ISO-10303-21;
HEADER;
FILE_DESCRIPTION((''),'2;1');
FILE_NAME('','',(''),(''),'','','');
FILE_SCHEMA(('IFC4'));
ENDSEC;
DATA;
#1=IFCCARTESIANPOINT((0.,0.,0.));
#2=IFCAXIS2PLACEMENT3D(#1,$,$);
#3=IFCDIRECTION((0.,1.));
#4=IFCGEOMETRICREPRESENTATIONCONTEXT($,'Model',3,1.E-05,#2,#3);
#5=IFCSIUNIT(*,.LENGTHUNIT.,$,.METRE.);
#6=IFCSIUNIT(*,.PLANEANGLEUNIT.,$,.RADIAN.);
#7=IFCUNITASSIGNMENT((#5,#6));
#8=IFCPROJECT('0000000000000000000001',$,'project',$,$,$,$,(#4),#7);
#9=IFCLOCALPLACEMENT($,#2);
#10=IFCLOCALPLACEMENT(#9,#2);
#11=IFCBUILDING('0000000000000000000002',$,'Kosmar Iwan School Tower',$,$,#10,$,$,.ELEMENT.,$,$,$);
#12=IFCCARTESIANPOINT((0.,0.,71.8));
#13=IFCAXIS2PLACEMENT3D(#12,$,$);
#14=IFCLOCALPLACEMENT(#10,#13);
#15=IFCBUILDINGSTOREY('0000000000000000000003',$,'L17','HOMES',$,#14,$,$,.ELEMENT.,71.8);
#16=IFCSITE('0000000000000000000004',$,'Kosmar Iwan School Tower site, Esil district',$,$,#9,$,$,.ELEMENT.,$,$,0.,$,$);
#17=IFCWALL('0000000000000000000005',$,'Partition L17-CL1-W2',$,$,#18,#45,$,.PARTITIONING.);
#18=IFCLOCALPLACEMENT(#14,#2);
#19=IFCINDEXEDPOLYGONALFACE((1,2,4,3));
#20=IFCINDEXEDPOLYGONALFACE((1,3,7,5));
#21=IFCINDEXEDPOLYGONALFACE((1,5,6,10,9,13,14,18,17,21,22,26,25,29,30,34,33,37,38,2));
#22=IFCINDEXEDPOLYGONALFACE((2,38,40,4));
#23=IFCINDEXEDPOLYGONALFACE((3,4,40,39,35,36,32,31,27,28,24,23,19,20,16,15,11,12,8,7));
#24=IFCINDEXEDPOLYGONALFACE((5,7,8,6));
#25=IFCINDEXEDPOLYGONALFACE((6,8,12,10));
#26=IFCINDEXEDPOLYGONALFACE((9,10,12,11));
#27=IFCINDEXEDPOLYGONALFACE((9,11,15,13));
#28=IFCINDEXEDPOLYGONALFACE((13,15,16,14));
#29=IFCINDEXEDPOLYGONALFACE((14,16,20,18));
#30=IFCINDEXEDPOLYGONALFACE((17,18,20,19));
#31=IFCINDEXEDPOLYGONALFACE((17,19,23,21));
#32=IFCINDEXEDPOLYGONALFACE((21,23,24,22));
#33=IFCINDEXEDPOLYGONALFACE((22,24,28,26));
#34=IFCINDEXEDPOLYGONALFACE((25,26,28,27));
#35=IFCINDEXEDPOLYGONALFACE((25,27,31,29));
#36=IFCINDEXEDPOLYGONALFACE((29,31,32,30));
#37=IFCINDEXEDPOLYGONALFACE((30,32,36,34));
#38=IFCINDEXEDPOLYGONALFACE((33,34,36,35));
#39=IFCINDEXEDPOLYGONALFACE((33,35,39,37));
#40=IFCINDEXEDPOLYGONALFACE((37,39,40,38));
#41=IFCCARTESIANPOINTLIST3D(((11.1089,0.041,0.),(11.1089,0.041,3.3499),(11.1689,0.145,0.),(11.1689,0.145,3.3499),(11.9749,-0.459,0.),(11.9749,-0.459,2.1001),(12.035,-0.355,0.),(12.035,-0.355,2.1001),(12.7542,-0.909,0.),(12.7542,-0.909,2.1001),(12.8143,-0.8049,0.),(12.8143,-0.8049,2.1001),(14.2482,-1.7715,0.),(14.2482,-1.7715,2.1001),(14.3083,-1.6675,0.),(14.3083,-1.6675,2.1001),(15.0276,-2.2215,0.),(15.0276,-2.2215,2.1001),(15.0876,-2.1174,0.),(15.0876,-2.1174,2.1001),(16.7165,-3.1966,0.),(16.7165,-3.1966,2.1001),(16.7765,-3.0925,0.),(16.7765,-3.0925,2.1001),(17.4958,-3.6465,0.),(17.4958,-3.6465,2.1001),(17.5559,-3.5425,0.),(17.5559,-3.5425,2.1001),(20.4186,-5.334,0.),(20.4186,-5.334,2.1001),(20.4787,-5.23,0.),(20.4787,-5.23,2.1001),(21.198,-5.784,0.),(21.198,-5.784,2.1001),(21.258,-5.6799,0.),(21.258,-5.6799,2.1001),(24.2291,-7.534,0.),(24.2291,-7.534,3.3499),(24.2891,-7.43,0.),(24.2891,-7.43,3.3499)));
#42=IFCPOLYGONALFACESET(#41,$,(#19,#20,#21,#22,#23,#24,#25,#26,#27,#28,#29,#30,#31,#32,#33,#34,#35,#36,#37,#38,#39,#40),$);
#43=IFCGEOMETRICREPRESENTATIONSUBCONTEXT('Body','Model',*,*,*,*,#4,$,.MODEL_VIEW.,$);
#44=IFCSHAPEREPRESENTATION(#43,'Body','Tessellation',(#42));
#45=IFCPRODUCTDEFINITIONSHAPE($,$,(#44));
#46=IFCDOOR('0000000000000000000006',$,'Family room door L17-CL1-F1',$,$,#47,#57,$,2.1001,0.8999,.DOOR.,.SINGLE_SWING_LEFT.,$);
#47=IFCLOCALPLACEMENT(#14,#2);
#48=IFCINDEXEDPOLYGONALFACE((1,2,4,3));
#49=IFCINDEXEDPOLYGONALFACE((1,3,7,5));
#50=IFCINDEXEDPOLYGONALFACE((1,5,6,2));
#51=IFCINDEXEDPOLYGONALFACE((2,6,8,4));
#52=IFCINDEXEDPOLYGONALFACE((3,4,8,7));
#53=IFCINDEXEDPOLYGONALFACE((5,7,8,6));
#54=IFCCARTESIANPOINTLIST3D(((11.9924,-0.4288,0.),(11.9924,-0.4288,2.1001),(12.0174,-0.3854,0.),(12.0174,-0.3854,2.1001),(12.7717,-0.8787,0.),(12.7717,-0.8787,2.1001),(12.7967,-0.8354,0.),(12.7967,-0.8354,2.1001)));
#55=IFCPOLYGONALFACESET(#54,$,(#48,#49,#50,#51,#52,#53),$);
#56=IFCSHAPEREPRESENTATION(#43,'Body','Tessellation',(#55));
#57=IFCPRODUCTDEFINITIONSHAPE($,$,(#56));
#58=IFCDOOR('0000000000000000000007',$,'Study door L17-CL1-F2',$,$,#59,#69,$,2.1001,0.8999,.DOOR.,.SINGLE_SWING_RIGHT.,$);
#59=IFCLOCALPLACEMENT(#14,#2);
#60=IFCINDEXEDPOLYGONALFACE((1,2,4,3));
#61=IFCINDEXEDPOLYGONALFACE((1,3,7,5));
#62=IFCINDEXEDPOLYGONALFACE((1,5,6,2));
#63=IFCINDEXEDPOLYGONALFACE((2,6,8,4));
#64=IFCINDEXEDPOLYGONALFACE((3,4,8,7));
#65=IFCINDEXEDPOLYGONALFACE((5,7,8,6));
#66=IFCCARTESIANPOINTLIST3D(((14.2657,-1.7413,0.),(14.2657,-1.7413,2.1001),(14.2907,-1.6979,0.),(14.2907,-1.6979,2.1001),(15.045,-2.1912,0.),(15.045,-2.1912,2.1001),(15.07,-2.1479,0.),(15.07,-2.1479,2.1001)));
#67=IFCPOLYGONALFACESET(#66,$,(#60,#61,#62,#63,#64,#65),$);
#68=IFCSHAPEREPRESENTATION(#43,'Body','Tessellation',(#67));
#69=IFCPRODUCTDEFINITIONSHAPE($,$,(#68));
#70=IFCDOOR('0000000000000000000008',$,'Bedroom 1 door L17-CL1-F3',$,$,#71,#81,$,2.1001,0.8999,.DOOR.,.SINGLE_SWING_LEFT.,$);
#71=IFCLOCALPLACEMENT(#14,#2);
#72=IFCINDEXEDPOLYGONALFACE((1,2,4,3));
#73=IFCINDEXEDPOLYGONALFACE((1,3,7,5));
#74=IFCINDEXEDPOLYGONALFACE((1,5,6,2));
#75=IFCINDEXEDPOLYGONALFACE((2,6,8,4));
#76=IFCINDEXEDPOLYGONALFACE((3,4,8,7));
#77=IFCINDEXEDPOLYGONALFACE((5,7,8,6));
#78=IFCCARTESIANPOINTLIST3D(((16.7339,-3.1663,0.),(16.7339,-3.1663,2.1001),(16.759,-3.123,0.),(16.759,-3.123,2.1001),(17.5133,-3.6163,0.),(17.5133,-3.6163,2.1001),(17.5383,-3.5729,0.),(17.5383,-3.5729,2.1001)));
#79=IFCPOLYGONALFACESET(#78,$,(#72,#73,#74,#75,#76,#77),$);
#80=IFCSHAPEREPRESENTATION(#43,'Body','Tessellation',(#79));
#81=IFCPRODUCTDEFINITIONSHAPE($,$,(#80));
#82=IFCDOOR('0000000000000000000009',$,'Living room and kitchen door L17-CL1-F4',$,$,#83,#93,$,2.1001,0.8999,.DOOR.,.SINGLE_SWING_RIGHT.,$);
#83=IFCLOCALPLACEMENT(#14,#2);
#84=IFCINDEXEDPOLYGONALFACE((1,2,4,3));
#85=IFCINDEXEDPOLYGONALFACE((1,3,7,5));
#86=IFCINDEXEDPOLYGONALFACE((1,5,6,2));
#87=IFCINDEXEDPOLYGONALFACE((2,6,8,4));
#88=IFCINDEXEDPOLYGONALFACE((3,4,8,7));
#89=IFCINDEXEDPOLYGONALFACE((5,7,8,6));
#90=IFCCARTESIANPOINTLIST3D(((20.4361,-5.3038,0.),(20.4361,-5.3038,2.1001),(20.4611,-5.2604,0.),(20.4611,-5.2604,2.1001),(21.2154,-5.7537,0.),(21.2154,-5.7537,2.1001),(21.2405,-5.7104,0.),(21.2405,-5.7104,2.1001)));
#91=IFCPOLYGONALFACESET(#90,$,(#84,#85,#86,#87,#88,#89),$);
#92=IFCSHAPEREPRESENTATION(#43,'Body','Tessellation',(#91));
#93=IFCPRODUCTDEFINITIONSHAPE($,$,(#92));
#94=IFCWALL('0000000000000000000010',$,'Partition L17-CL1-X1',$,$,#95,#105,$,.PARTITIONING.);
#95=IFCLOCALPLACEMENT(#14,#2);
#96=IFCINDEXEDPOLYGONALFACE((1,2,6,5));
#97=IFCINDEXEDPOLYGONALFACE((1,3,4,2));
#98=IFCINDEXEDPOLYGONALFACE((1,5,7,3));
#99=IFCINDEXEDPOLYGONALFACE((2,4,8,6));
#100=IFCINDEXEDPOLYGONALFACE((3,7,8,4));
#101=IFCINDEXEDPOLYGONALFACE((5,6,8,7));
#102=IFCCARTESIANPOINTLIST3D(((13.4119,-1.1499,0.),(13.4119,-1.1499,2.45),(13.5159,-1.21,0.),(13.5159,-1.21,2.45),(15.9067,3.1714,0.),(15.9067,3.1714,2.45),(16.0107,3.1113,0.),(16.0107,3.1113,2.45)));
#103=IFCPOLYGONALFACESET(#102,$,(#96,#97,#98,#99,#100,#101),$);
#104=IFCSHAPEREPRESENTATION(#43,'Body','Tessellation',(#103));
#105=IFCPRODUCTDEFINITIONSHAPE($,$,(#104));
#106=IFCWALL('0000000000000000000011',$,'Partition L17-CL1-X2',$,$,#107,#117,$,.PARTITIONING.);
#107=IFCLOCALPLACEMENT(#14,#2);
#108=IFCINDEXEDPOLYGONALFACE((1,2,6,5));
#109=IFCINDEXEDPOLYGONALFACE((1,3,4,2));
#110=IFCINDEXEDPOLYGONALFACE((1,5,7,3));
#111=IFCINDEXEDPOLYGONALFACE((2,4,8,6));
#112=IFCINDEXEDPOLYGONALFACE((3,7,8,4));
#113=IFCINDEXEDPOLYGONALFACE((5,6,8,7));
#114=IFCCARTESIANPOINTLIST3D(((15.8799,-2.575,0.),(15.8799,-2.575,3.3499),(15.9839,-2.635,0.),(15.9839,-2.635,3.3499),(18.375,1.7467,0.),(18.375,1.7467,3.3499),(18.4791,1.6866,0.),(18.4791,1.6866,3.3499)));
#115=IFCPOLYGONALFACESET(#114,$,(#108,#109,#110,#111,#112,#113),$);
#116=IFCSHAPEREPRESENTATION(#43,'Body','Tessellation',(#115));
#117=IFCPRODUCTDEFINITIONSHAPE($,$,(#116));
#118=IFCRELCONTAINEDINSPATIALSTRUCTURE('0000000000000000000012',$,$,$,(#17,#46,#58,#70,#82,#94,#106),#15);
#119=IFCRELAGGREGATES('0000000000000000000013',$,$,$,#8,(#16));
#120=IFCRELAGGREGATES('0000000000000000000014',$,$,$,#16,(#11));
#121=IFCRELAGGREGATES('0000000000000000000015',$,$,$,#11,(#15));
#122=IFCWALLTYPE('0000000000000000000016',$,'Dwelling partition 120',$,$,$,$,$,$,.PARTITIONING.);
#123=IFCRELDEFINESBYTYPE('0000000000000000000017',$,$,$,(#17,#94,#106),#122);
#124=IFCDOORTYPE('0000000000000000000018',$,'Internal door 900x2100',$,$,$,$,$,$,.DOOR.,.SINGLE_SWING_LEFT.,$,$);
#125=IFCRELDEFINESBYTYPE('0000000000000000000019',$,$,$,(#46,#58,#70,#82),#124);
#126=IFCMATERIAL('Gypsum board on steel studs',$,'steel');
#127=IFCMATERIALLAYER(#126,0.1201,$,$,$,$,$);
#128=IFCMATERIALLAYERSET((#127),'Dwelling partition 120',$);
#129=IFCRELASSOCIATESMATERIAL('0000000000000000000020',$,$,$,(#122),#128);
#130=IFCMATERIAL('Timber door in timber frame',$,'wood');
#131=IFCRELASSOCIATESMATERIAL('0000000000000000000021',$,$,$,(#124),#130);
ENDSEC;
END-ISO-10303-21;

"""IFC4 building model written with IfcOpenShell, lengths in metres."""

from ifc_helpers import new_model, si_unit, direction, frame, frame_2d, origin, place, context, subcontext, project, spatial, rectangle, extrude, material, layer, layer_set, type_object, element, fill, save


model = new_model("IFC4")

# Units and contexts
model_context = context("Model", 3, precision=1e-05, world=origin(), true_north=direction((0.0, 1.0)))
body_context = subcontext(model_context, "Body", "Model", "MODEL_VIEW")
ifc_project = project(units=[si_unit("LENGTHUNIT", "METRE"), si_unit("PLANEANGLEUNIT", "RADIAN")], contexts=[model_context])

# Site, building, storey
site_placement = place(None, origin())
site = spatial("IfcSite", under=ifc_project, at=site_placement, Name="Kosmar Iwan School Tower site, Esil district", CompositionType="ELEMENT", RefElevation=0.0)
building_placement = place(site_placement, origin())
building = spatial("IfcBuilding", under=site, at=building_placement, Name="Kosmar Iwan School Tower", CompositionType="ELEMENT")
storey_placement = place(building_placement, frame((0.0, 0.0, 71.8)))
storey = spatial("IfcBuildingStorey", under=building, at=storey_placement, Name="L17", Description="HOMES", CompositionType="ELEMENT", Elevation=71.8)

# Wall, openings, doors
ifc_material_1 = material(Name="Gypsum board on steel studs", Category="steel")
ifc_layer = layer(ifc_material_1, 0.1201)
ifc_layer_set = layer_set([ifc_layer], Name="Dwelling partition 120")
wall_type = type_object("IfcWallType", Name="Dwelling partition 120", PredefinedType="PARTITIONING", material=ifc_layer_set)
wall_1_placement = place(storey_placement, frame((11.1389, 0.093, 0.0), z_axis=(0.0, 0.0, 1.0), x_axis=(0.866024, -0.500002, 0.0)))
wall_1 = element("IfcWall", 1, at=wall_1_placement, inside=storey, type_object=wall_type, Name="Partition L17-CL1-W2", PredefinedType="PARTITIONING", context=body_context, shape_type="SweptSolid", body=[
    extrude(rectangle(XDim=15.1499, YDim=0.1201, at=frame_2d((7.575, 0.0))), origin(), (0.0, 0.0, 1.0), 3.3499),
])
opening_1_placement = place(wall_1_placement, frame((1.0, 0.0, 0.0)))
opening_1 = element("IfcOpeningElement", 2, at=opening_1_placement, cuts=wall_1, PredefinedType="OPENING", context=body_context, shape_type="SweptSolid", body=[
    extrude(rectangle(XDim=0.8999, YDim=2.1001, at=frame_2d((0.45, 1.05))), frame((0.0, 0.072, 0.0), z_axis=(0.0, -1.0, 0.0), x_axis=(1.0, 0.0, 0.0)), (0.0, 0.0, 1.0), 0.144),
])
opening_2_placement = place(wall_1_placement, frame((3.625, 0.0, 0.0)))
opening_2 = element("IfcOpeningElement", 3, at=opening_2_placement, cuts=wall_1, PredefinedType="OPENING", context=body_context, shape_type="SweptSolid", body=[
    extrude(rectangle(XDim=0.8999, YDim=2.1001, at=frame_2d((0.45, 1.05))), frame((0.0, 0.072, 0.0), z_axis=(0.0, -1.0, 0.0), x_axis=(1.0, 0.0, 0.0)), (0.0, 0.0, 1.0), 0.144),
])
opening_3_placement = place(wall_1_placement, frame((6.4751, 0.0, 0.0)))
opening_3 = element("IfcOpeningElement", 4, at=opening_3_placement, cuts=wall_1, PredefinedType="OPENING", context=body_context, shape_type="SweptSolid", body=[
    extrude(rectangle(XDim=0.8999, YDim=2.1001, at=frame_2d((0.45, 1.05))), frame((0.0, 0.072, 0.0), z_axis=(0.0, -1.0, 0.0), x_axis=(1.0, 0.0, 0.0)), (0.0, 0.0, 1.0), 0.144),
])
opening_4_placement = place(wall_1_placement, frame((10.75, 0.0, 0.0)))
opening_4 = element("IfcOpeningElement", 5, at=opening_4_placement, cuts=wall_1, PredefinedType="OPENING", context=body_context, shape_type="SweptSolid", body=[
    extrude(rectangle(XDim=0.8999, YDim=2.1001, at=frame_2d((0.45, 1.05))), frame((0.0, 0.072, 0.0), z_axis=(0.0, -1.0, 0.0), x_axis=(1.0, 0.0, 0.0)), (0.0, 0.0, 1.0), 0.144),
])
ifc_material_2 = material(Name="Timber door in timber frame", Category="wood")
door_type = type_object("IfcDoorType", Name="Internal door 900x2100", OperationType="SINGLE_SWING_LEFT", PredefinedType="DOOR", material=ifc_material_2)
door_1_placement = place(opening_1_placement, origin())
door_1 = element("IfcDoor", 6, at=door_1_placement, inside=storey, type_object=door_type, Name="Family room door L17-CL1-F1", OperationType="SINGLE_SWING_LEFT", OverallHeight=2.1001, OverallWidth=0.8999, PredefinedType="DOOR", context=body_context, shape_type="SweptSolid", body=[
    extrude(rectangle(XDim=0.8999, YDim=2.1001, at=frame_2d((0.45, 1.05))), frame((0.0, 0.0249, 0.0), z_axis=(0.0, -1.0, 0.0), x_axis=(1.0, 0.0, 0.0)), (0.0, 0.0, 1.0), 0.05),
])
fill(opening_1, door_1)
door_2_placement = place(opening_2_placement, origin())
door_2 = element("IfcDoor", 7, at=door_2_placement, inside=storey, type_object=door_type, Name="Study door L17-CL1-F2", OperationType="SINGLE_SWING_RIGHT", OverallHeight=2.1001, OverallWidth=0.8999, PredefinedType="DOOR", context=body_context, shape_type="SweptSolid", body=[
    extrude(rectangle(XDim=0.8999, YDim=2.1001, at=frame_2d((0.45, 1.05))), frame((0.0, 0.0249, 0.0), z_axis=(0.0, -1.0, 0.0), x_axis=(1.0, 0.0, 0.0)), (0.0, 0.0, 1.0), 0.05),
])
fill(opening_2, door_2)
door_3_placement = place(opening_3_placement, origin())
door_3 = element("IfcDoor", 8, at=door_3_placement, inside=storey, type_object=door_type, Name="Bedroom 1 door L17-CL1-F3", OperationType="SINGLE_SWING_LEFT", OverallHeight=2.1001, OverallWidth=0.8999, PredefinedType="DOOR", context=body_context, shape_type="SweptSolid", body=[
    extrude(rectangle(XDim=0.8999, YDim=2.1001, at=frame_2d((0.45, 1.05))), frame((0.0, 0.0249, 0.0), z_axis=(0.0, -1.0, 0.0), x_axis=(1.0, 0.0, 0.0)), (0.0, 0.0, 1.0), 0.05),
])
fill(opening_3, door_3)
door_4_placement = place(opening_4_placement, origin())
door_4 = element("IfcDoor", 9, at=door_4_placement, inside=storey, type_object=door_type, Name="Living room and kitchen door L17-CL1-F4", OperationType="SINGLE_SWING_RIGHT", OverallHeight=2.1001, OverallWidth=0.8999, PredefinedType="DOOR", context=body_context, shape_type="SweptSolid", body=[
    extrude(rectangle(XDim=0.8999, YDim=2.1001, at=frame_2d((0.45, 1.05))), frame((0.0, 0.0249, 0.0), z_axis=(0.0, -1.0, 0.0), x_axis=(1.0, 0.0, 0.0)), (0.0, 0.0, 1.0), 0.05),
])
fill(opening_4, door_4)

# Walls
wall_2_placement = place(storey_placement, frame((13.4639, -1.1799, 0.0), z_axis=(0.0, 0.0, 1.0), x_axis=(0.499996, 0.866028, 0.0)))
element("IfcWall", 10, at=wall_2_placement, inside=storey, type_object=wall_type, Name="Partition L17-CL1-X1", PredefinedType="PARTITIONING", context=body_context, shape_type="SweptSolid", body=[
    extrude(rectangle(XDim=4.9897, YDim=0.1201, at=frame_2d((2.4949, 0.0))), origin(), (0.0, 0.0, 1.0), 2.45),
])
wall_3_placement = place(storey_placement, frame((15.9319, -2.605, 0.0), z_axis=(0.0, 0.0, 1.0), x_axis=(0.500012, 0.866019, 0.0)))
element("IfcWall", 11, at=wall_3_placement, inside=storey, type_object=wall_type, Name="Partition L17-CL1-X2", PredefinedType="PARTITIONING", context=body_context, shape_type="SweptSolid", body=[
    extrude(rectangle(XDim=4.9902, YDim=0.1201, at=frame_2d((2.4951, 0.0))), origin(), (0.0, 0.0, 1.0), 3.3499),
])

save(model, "model.ifc")
